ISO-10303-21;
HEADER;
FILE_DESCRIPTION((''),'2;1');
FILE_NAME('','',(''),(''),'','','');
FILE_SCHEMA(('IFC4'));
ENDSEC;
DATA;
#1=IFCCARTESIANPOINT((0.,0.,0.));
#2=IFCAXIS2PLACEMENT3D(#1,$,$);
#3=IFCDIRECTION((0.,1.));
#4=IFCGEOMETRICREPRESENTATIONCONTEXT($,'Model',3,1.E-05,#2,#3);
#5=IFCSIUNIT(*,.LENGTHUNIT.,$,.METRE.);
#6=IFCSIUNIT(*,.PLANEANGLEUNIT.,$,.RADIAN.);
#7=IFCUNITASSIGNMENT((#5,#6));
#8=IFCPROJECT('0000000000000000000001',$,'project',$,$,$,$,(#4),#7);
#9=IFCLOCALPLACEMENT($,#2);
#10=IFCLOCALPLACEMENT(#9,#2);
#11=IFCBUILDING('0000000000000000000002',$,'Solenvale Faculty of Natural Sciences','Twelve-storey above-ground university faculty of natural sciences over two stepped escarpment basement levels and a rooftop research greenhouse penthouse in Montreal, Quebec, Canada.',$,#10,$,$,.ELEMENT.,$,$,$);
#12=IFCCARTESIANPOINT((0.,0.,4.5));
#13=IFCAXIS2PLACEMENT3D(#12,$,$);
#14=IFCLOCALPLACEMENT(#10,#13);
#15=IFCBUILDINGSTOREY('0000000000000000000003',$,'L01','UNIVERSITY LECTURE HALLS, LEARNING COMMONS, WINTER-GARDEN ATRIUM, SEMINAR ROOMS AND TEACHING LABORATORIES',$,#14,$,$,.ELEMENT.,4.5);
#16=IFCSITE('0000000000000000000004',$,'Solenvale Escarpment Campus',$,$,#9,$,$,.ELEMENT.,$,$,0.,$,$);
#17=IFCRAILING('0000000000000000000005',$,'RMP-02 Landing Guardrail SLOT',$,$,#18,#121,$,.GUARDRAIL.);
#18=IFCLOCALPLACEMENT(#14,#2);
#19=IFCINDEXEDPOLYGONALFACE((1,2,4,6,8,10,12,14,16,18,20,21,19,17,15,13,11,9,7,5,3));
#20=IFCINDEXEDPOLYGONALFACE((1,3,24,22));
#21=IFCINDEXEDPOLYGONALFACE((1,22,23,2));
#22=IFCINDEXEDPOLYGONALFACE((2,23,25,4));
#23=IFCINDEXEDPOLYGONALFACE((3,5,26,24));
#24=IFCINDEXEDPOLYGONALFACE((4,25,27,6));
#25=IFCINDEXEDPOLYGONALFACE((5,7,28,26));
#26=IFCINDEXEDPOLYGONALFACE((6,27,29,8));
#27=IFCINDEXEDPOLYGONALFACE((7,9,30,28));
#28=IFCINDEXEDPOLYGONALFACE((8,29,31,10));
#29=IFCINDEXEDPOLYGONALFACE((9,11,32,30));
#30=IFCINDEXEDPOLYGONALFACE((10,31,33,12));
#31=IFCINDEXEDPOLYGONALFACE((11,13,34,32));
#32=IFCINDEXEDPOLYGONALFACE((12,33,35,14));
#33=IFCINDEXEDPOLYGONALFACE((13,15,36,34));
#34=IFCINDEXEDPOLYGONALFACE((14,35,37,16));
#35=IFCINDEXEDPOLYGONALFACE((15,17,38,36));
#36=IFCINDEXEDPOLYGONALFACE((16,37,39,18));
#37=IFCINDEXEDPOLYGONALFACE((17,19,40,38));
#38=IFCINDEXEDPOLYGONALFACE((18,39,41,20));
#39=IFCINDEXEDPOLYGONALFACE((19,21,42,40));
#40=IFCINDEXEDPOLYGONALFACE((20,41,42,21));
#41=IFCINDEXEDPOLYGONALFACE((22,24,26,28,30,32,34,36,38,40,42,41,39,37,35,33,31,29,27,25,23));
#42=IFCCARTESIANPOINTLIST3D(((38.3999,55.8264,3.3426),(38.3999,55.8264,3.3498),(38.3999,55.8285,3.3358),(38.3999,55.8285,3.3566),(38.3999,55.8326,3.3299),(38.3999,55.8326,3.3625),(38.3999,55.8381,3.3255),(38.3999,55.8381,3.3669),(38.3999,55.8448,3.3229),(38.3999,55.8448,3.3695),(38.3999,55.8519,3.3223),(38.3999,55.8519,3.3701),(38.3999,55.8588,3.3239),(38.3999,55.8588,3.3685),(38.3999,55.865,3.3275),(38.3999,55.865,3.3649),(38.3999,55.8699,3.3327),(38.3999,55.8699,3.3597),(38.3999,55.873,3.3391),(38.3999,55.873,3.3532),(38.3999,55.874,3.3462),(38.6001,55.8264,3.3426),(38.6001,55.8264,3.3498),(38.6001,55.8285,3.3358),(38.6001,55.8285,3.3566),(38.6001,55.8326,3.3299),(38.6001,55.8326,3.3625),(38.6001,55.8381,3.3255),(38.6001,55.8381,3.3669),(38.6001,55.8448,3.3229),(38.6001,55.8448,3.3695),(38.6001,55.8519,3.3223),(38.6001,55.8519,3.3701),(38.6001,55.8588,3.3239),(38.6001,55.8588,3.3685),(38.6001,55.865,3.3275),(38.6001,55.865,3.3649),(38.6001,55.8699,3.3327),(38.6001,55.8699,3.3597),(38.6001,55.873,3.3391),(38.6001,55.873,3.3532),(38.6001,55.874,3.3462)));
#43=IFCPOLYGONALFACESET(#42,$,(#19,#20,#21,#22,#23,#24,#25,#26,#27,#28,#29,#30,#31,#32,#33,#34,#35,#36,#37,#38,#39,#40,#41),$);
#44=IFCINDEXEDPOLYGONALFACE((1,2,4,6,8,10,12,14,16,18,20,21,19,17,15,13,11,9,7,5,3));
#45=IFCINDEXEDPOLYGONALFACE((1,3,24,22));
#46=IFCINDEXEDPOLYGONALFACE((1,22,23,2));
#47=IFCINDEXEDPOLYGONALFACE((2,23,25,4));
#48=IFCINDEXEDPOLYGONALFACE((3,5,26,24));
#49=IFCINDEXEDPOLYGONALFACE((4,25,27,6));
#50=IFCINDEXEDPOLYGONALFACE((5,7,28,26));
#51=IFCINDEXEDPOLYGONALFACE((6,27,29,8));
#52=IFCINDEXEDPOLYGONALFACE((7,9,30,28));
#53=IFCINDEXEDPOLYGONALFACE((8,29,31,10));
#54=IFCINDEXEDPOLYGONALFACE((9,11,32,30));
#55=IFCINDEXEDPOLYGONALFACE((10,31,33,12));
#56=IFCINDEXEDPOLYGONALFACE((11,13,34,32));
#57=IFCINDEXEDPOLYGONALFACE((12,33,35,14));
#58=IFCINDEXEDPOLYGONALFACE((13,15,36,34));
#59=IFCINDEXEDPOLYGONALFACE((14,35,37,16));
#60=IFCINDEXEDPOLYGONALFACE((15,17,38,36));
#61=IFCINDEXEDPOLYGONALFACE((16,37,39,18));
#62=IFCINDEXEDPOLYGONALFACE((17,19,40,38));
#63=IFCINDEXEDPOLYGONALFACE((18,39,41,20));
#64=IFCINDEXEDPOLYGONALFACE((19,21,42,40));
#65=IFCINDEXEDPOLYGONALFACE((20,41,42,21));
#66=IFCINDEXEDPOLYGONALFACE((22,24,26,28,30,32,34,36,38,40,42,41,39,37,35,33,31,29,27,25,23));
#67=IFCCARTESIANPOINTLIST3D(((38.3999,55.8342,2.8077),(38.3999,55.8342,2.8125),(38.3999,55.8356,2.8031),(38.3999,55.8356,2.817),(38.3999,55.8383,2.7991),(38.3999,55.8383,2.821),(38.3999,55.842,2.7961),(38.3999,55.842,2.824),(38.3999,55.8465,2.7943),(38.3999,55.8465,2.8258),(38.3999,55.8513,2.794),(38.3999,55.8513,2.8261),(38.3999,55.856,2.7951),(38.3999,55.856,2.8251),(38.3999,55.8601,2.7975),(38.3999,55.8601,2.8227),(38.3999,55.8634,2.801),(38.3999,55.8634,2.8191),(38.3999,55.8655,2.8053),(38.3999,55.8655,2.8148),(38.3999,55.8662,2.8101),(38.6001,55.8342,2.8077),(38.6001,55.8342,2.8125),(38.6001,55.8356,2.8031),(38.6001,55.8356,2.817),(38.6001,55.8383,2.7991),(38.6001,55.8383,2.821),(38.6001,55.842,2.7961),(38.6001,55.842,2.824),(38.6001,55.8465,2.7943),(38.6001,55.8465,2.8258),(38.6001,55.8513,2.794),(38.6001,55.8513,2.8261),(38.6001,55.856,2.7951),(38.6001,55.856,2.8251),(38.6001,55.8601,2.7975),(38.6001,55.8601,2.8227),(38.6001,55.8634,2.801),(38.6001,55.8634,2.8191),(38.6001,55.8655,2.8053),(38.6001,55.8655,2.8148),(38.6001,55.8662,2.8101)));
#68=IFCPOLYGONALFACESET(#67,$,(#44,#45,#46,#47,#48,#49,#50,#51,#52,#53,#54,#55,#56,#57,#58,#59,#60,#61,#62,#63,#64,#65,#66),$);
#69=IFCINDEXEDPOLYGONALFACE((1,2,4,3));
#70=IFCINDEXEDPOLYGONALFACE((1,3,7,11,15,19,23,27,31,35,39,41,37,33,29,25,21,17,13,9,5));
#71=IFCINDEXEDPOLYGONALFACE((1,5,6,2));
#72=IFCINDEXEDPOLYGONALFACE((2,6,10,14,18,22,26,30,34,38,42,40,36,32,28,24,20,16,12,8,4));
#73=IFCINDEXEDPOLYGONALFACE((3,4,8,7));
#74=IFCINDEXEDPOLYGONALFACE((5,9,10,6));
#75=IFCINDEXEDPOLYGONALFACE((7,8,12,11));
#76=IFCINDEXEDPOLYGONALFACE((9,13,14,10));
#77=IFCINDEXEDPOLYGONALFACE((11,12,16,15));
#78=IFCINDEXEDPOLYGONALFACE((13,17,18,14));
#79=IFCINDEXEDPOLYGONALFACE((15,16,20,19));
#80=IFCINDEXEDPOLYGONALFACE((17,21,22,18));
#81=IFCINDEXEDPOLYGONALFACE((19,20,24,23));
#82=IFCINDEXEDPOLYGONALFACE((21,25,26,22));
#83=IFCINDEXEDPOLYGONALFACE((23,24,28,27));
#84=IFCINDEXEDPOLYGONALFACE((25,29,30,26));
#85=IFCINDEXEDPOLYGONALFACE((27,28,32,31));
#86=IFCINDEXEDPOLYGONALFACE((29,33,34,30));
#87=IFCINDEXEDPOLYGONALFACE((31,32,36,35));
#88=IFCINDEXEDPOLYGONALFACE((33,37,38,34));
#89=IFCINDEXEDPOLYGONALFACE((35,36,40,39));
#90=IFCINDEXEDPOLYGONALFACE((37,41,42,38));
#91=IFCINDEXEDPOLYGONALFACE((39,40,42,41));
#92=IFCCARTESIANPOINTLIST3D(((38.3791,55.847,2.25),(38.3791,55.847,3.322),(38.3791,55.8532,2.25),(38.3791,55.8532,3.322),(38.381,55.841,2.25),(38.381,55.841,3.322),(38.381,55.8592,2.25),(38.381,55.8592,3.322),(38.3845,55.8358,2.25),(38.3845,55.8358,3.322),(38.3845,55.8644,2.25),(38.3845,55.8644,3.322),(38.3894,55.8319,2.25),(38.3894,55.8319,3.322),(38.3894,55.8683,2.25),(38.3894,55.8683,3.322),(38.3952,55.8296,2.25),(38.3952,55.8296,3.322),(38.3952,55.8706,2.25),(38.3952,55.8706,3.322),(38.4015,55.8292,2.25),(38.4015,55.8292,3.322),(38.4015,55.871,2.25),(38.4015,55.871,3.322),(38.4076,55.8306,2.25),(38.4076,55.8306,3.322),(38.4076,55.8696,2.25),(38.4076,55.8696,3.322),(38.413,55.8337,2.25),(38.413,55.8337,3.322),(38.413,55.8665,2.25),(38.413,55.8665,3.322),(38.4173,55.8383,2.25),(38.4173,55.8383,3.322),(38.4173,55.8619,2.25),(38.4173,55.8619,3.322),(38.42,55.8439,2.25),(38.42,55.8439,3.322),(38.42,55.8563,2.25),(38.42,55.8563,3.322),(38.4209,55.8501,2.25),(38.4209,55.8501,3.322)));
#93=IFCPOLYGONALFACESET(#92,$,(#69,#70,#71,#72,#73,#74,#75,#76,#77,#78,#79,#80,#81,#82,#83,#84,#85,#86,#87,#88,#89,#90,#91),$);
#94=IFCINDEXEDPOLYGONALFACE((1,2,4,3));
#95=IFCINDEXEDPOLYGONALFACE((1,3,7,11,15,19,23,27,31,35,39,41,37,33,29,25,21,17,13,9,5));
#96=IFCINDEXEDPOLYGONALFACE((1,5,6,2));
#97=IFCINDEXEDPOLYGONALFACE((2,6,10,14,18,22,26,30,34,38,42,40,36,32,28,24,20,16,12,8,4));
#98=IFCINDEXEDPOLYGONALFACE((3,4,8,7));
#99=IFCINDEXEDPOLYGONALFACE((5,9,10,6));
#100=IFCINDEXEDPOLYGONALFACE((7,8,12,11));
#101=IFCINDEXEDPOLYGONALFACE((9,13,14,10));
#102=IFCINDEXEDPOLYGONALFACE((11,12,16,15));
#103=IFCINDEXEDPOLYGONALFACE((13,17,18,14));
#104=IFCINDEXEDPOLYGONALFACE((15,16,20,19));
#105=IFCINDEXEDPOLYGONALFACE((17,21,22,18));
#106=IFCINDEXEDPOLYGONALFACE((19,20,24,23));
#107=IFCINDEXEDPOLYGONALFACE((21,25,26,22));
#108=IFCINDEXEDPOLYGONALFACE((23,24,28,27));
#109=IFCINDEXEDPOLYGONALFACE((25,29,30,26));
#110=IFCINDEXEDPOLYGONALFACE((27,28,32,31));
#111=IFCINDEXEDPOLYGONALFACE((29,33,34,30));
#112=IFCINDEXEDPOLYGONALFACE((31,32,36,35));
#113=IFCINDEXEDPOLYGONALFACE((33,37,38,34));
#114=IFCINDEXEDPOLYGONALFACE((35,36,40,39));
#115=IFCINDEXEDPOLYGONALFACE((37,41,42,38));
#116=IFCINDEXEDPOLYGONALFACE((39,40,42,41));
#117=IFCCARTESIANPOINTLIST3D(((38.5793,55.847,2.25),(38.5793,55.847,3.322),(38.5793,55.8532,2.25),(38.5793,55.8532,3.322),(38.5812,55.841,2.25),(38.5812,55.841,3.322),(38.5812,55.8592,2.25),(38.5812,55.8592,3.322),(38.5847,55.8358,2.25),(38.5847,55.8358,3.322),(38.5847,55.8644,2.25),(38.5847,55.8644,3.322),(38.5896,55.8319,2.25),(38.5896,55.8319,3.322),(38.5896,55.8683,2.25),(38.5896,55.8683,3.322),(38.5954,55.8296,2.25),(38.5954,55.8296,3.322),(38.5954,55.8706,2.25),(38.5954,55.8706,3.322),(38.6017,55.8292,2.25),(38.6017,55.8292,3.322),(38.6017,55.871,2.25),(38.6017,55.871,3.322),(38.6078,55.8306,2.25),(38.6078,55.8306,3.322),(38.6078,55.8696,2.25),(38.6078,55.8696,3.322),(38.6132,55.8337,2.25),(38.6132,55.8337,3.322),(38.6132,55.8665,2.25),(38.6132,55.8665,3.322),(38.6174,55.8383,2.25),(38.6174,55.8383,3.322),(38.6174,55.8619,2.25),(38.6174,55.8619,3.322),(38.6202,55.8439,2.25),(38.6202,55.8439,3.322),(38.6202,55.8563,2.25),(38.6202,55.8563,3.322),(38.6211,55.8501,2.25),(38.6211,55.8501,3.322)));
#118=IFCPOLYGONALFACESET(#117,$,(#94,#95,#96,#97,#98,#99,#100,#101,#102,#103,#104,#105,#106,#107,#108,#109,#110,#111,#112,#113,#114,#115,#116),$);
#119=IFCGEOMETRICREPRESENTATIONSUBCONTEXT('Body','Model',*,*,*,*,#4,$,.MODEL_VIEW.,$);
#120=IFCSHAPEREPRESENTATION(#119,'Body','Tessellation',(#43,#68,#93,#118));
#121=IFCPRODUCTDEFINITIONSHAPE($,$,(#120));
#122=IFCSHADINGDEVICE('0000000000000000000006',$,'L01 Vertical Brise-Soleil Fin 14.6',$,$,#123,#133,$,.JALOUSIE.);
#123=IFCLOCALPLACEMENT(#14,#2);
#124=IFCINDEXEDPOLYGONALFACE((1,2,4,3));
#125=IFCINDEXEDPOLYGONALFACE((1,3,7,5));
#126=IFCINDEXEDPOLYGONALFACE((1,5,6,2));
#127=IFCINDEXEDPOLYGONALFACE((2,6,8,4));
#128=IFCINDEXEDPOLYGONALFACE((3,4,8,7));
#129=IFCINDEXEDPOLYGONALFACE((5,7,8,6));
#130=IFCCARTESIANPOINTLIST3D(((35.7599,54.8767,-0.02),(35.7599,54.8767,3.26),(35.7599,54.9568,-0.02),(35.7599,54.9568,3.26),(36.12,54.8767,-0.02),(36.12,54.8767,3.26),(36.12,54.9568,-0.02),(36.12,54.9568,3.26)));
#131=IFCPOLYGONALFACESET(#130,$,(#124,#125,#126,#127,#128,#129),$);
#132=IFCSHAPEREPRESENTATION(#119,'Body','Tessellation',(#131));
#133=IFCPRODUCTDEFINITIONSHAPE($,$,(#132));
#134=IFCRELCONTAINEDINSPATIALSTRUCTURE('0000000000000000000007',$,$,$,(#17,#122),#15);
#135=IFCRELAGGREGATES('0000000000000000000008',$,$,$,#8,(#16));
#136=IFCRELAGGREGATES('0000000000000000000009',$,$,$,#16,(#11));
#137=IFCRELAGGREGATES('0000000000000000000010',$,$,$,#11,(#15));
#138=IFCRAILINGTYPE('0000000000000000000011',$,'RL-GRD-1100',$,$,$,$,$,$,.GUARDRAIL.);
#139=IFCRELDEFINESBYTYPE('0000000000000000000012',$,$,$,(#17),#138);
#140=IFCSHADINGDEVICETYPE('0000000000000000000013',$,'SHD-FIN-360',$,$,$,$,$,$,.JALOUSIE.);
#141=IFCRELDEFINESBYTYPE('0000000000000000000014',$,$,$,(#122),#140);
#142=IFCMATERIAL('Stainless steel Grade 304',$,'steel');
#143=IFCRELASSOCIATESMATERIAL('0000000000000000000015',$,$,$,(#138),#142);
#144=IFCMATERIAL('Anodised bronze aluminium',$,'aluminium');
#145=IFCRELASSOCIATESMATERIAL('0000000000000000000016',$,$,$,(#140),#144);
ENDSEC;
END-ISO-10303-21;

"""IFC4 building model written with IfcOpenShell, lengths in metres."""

from ifc_helpers import new_model, si_unit, direction, frame, origin, origin_2d, place, context, subcontext, project, spatial, rectangle, circle, extrude, material, material_profile, profile_set, type_object, element, save


model = new_model("IFC4")

# Units and contexts
model_context = context("Model", 3, precision=1e-05, world=origin(), true_north=direction((0.0, 1.0)))
body_context = subcontext(model_context, "Body", "Model", "MODEL_VIEW")
ifc_project = project(units=[si_unit("LENGTHUNIT", "METRE"), si_unit("PLANEANGLEUNIT", "RADIAN")], contexts=[model_context])

# Site, building, storey
site_placement = place(None, origin())
site = spatial("IfcSite", under=ifc_project, at=site_placement, Name="Solenvale Escarpment Campus", CompositionType="ELEMENT", RefElevation=0.0)
building_placement = place(site_placement, origin())
building = spatial("IfcBuilding", under=site, at=building_placement, Name="Solenvale Faculty of Natural Sciences", Description="Twelve-storey above-ground university faculty of natural sciences over two stepped escarpment basement levels and a rooftop research greenhouse penthouse in Montreal, Quebec, Canada.", CompositionType="ELEMENT")
storey_placement = place(building_placement, frame((0.0, 0.0, 4.5)))
storey = spatial("IfcBuildingStorey", under=building, at=storey_placement, Name="L01", Description="UNIVERSITY LECTURE HALLS, LEARNING COMMONS, WINTER-GARDEN ATRIUM, SEMINAR ROOMS AND TEACHING LABORATORIES", CompositionType="ELEMENT", Elevation=4.5)

# Shared definitions
ifc_material_1 = material(Name="Anodised bronze aluminium", Category="aluminium")

# Railing
ifc_material_2 = material(Name="Stainless steel Grade 304", Category="steel")
railing_type_1 = type_object("IfcRailingType", Name="RL-GRD-1100", PredefinedType="GUARDRAIL", material=ifc_material_2)
railing_1_placement = place(storey_placement, frame((38.3999, 55.8501, 2.25)))
element("IfcRailing", 1, at=railing_1_placement, inside=storey, type_object=railing_type_1, Name="RMP-02 Landing Guardrail SLOT", PredefinedType="GUARDRAIL", context=body_context, shape_type="SweptSolid", body=[
    extrude(circle(Radius=0.0239, at=origin_2d()), frame((0.0, 0.0, 1.0962), z_axis=(1.0, 0.0, 0.0), x_axis=(0.0, 1.0, 0.0)), (0.0, 0.0, 1.0), 0.2002),
    extrude(circle(Radius=0.0161, at=origin_2d()), frame((0.0, 0.0, 0.5601), z_axis=(1.0, 0.0, 0.0), x_axis=(0.0, 1.0, 0.0)), (0.0, 0.0, 1.0), 0.2002),
    extrude(circle(Radius=0.021, at=origin_2d()), origin(), (0.0, 0.0, 1.0), 1.072),
    extrude(circle(Radius=0.021, at=origin_2d()), frame((0.2002, 0.0, 0.0)), (0.0, 0.0, 1.0), 1.072),
])

# Shading device
ifc_material_profile_1 = material_profile(ifc_material_1, rectangle(XDim=0.0801, YDim=0.3601, at=origin_2d()), Name="ALU-FIN-80x360")
ifc_profile_set_1 = profile_set([ifc_material_profile_1], Name="Anodised bronze aluminium")
shading_device_type = type_object("IfcShadingDeviceType", Name="SHD-FIN-360", PredefinedType="JALOUSIE", material=ifc_profile_set_1)
shading_device_placement = place(storey_placement, frame((35.9399, 54.9167, -0.02), z_axis=(0.0, 0.0, 1.0), x_axis=(0.0, 1.0, 0.0)))
element("IfcShadingDevice", 2, at=shading_device_placement, inside=storey, type_object=shading_device_type, Name="L01 Vertical Brise-Soleil Fin 14.6", PredefinedType="JALOUSIE", context=body_context, shape_type="SweptSolid", body=[
    extrude(rectangle(XDim=0.0801, YDim=0.3601, at=origin_2d()), origin(), (0.0, 0.0, 1.0), 3.28),
])

save(model, "model.ifc")
